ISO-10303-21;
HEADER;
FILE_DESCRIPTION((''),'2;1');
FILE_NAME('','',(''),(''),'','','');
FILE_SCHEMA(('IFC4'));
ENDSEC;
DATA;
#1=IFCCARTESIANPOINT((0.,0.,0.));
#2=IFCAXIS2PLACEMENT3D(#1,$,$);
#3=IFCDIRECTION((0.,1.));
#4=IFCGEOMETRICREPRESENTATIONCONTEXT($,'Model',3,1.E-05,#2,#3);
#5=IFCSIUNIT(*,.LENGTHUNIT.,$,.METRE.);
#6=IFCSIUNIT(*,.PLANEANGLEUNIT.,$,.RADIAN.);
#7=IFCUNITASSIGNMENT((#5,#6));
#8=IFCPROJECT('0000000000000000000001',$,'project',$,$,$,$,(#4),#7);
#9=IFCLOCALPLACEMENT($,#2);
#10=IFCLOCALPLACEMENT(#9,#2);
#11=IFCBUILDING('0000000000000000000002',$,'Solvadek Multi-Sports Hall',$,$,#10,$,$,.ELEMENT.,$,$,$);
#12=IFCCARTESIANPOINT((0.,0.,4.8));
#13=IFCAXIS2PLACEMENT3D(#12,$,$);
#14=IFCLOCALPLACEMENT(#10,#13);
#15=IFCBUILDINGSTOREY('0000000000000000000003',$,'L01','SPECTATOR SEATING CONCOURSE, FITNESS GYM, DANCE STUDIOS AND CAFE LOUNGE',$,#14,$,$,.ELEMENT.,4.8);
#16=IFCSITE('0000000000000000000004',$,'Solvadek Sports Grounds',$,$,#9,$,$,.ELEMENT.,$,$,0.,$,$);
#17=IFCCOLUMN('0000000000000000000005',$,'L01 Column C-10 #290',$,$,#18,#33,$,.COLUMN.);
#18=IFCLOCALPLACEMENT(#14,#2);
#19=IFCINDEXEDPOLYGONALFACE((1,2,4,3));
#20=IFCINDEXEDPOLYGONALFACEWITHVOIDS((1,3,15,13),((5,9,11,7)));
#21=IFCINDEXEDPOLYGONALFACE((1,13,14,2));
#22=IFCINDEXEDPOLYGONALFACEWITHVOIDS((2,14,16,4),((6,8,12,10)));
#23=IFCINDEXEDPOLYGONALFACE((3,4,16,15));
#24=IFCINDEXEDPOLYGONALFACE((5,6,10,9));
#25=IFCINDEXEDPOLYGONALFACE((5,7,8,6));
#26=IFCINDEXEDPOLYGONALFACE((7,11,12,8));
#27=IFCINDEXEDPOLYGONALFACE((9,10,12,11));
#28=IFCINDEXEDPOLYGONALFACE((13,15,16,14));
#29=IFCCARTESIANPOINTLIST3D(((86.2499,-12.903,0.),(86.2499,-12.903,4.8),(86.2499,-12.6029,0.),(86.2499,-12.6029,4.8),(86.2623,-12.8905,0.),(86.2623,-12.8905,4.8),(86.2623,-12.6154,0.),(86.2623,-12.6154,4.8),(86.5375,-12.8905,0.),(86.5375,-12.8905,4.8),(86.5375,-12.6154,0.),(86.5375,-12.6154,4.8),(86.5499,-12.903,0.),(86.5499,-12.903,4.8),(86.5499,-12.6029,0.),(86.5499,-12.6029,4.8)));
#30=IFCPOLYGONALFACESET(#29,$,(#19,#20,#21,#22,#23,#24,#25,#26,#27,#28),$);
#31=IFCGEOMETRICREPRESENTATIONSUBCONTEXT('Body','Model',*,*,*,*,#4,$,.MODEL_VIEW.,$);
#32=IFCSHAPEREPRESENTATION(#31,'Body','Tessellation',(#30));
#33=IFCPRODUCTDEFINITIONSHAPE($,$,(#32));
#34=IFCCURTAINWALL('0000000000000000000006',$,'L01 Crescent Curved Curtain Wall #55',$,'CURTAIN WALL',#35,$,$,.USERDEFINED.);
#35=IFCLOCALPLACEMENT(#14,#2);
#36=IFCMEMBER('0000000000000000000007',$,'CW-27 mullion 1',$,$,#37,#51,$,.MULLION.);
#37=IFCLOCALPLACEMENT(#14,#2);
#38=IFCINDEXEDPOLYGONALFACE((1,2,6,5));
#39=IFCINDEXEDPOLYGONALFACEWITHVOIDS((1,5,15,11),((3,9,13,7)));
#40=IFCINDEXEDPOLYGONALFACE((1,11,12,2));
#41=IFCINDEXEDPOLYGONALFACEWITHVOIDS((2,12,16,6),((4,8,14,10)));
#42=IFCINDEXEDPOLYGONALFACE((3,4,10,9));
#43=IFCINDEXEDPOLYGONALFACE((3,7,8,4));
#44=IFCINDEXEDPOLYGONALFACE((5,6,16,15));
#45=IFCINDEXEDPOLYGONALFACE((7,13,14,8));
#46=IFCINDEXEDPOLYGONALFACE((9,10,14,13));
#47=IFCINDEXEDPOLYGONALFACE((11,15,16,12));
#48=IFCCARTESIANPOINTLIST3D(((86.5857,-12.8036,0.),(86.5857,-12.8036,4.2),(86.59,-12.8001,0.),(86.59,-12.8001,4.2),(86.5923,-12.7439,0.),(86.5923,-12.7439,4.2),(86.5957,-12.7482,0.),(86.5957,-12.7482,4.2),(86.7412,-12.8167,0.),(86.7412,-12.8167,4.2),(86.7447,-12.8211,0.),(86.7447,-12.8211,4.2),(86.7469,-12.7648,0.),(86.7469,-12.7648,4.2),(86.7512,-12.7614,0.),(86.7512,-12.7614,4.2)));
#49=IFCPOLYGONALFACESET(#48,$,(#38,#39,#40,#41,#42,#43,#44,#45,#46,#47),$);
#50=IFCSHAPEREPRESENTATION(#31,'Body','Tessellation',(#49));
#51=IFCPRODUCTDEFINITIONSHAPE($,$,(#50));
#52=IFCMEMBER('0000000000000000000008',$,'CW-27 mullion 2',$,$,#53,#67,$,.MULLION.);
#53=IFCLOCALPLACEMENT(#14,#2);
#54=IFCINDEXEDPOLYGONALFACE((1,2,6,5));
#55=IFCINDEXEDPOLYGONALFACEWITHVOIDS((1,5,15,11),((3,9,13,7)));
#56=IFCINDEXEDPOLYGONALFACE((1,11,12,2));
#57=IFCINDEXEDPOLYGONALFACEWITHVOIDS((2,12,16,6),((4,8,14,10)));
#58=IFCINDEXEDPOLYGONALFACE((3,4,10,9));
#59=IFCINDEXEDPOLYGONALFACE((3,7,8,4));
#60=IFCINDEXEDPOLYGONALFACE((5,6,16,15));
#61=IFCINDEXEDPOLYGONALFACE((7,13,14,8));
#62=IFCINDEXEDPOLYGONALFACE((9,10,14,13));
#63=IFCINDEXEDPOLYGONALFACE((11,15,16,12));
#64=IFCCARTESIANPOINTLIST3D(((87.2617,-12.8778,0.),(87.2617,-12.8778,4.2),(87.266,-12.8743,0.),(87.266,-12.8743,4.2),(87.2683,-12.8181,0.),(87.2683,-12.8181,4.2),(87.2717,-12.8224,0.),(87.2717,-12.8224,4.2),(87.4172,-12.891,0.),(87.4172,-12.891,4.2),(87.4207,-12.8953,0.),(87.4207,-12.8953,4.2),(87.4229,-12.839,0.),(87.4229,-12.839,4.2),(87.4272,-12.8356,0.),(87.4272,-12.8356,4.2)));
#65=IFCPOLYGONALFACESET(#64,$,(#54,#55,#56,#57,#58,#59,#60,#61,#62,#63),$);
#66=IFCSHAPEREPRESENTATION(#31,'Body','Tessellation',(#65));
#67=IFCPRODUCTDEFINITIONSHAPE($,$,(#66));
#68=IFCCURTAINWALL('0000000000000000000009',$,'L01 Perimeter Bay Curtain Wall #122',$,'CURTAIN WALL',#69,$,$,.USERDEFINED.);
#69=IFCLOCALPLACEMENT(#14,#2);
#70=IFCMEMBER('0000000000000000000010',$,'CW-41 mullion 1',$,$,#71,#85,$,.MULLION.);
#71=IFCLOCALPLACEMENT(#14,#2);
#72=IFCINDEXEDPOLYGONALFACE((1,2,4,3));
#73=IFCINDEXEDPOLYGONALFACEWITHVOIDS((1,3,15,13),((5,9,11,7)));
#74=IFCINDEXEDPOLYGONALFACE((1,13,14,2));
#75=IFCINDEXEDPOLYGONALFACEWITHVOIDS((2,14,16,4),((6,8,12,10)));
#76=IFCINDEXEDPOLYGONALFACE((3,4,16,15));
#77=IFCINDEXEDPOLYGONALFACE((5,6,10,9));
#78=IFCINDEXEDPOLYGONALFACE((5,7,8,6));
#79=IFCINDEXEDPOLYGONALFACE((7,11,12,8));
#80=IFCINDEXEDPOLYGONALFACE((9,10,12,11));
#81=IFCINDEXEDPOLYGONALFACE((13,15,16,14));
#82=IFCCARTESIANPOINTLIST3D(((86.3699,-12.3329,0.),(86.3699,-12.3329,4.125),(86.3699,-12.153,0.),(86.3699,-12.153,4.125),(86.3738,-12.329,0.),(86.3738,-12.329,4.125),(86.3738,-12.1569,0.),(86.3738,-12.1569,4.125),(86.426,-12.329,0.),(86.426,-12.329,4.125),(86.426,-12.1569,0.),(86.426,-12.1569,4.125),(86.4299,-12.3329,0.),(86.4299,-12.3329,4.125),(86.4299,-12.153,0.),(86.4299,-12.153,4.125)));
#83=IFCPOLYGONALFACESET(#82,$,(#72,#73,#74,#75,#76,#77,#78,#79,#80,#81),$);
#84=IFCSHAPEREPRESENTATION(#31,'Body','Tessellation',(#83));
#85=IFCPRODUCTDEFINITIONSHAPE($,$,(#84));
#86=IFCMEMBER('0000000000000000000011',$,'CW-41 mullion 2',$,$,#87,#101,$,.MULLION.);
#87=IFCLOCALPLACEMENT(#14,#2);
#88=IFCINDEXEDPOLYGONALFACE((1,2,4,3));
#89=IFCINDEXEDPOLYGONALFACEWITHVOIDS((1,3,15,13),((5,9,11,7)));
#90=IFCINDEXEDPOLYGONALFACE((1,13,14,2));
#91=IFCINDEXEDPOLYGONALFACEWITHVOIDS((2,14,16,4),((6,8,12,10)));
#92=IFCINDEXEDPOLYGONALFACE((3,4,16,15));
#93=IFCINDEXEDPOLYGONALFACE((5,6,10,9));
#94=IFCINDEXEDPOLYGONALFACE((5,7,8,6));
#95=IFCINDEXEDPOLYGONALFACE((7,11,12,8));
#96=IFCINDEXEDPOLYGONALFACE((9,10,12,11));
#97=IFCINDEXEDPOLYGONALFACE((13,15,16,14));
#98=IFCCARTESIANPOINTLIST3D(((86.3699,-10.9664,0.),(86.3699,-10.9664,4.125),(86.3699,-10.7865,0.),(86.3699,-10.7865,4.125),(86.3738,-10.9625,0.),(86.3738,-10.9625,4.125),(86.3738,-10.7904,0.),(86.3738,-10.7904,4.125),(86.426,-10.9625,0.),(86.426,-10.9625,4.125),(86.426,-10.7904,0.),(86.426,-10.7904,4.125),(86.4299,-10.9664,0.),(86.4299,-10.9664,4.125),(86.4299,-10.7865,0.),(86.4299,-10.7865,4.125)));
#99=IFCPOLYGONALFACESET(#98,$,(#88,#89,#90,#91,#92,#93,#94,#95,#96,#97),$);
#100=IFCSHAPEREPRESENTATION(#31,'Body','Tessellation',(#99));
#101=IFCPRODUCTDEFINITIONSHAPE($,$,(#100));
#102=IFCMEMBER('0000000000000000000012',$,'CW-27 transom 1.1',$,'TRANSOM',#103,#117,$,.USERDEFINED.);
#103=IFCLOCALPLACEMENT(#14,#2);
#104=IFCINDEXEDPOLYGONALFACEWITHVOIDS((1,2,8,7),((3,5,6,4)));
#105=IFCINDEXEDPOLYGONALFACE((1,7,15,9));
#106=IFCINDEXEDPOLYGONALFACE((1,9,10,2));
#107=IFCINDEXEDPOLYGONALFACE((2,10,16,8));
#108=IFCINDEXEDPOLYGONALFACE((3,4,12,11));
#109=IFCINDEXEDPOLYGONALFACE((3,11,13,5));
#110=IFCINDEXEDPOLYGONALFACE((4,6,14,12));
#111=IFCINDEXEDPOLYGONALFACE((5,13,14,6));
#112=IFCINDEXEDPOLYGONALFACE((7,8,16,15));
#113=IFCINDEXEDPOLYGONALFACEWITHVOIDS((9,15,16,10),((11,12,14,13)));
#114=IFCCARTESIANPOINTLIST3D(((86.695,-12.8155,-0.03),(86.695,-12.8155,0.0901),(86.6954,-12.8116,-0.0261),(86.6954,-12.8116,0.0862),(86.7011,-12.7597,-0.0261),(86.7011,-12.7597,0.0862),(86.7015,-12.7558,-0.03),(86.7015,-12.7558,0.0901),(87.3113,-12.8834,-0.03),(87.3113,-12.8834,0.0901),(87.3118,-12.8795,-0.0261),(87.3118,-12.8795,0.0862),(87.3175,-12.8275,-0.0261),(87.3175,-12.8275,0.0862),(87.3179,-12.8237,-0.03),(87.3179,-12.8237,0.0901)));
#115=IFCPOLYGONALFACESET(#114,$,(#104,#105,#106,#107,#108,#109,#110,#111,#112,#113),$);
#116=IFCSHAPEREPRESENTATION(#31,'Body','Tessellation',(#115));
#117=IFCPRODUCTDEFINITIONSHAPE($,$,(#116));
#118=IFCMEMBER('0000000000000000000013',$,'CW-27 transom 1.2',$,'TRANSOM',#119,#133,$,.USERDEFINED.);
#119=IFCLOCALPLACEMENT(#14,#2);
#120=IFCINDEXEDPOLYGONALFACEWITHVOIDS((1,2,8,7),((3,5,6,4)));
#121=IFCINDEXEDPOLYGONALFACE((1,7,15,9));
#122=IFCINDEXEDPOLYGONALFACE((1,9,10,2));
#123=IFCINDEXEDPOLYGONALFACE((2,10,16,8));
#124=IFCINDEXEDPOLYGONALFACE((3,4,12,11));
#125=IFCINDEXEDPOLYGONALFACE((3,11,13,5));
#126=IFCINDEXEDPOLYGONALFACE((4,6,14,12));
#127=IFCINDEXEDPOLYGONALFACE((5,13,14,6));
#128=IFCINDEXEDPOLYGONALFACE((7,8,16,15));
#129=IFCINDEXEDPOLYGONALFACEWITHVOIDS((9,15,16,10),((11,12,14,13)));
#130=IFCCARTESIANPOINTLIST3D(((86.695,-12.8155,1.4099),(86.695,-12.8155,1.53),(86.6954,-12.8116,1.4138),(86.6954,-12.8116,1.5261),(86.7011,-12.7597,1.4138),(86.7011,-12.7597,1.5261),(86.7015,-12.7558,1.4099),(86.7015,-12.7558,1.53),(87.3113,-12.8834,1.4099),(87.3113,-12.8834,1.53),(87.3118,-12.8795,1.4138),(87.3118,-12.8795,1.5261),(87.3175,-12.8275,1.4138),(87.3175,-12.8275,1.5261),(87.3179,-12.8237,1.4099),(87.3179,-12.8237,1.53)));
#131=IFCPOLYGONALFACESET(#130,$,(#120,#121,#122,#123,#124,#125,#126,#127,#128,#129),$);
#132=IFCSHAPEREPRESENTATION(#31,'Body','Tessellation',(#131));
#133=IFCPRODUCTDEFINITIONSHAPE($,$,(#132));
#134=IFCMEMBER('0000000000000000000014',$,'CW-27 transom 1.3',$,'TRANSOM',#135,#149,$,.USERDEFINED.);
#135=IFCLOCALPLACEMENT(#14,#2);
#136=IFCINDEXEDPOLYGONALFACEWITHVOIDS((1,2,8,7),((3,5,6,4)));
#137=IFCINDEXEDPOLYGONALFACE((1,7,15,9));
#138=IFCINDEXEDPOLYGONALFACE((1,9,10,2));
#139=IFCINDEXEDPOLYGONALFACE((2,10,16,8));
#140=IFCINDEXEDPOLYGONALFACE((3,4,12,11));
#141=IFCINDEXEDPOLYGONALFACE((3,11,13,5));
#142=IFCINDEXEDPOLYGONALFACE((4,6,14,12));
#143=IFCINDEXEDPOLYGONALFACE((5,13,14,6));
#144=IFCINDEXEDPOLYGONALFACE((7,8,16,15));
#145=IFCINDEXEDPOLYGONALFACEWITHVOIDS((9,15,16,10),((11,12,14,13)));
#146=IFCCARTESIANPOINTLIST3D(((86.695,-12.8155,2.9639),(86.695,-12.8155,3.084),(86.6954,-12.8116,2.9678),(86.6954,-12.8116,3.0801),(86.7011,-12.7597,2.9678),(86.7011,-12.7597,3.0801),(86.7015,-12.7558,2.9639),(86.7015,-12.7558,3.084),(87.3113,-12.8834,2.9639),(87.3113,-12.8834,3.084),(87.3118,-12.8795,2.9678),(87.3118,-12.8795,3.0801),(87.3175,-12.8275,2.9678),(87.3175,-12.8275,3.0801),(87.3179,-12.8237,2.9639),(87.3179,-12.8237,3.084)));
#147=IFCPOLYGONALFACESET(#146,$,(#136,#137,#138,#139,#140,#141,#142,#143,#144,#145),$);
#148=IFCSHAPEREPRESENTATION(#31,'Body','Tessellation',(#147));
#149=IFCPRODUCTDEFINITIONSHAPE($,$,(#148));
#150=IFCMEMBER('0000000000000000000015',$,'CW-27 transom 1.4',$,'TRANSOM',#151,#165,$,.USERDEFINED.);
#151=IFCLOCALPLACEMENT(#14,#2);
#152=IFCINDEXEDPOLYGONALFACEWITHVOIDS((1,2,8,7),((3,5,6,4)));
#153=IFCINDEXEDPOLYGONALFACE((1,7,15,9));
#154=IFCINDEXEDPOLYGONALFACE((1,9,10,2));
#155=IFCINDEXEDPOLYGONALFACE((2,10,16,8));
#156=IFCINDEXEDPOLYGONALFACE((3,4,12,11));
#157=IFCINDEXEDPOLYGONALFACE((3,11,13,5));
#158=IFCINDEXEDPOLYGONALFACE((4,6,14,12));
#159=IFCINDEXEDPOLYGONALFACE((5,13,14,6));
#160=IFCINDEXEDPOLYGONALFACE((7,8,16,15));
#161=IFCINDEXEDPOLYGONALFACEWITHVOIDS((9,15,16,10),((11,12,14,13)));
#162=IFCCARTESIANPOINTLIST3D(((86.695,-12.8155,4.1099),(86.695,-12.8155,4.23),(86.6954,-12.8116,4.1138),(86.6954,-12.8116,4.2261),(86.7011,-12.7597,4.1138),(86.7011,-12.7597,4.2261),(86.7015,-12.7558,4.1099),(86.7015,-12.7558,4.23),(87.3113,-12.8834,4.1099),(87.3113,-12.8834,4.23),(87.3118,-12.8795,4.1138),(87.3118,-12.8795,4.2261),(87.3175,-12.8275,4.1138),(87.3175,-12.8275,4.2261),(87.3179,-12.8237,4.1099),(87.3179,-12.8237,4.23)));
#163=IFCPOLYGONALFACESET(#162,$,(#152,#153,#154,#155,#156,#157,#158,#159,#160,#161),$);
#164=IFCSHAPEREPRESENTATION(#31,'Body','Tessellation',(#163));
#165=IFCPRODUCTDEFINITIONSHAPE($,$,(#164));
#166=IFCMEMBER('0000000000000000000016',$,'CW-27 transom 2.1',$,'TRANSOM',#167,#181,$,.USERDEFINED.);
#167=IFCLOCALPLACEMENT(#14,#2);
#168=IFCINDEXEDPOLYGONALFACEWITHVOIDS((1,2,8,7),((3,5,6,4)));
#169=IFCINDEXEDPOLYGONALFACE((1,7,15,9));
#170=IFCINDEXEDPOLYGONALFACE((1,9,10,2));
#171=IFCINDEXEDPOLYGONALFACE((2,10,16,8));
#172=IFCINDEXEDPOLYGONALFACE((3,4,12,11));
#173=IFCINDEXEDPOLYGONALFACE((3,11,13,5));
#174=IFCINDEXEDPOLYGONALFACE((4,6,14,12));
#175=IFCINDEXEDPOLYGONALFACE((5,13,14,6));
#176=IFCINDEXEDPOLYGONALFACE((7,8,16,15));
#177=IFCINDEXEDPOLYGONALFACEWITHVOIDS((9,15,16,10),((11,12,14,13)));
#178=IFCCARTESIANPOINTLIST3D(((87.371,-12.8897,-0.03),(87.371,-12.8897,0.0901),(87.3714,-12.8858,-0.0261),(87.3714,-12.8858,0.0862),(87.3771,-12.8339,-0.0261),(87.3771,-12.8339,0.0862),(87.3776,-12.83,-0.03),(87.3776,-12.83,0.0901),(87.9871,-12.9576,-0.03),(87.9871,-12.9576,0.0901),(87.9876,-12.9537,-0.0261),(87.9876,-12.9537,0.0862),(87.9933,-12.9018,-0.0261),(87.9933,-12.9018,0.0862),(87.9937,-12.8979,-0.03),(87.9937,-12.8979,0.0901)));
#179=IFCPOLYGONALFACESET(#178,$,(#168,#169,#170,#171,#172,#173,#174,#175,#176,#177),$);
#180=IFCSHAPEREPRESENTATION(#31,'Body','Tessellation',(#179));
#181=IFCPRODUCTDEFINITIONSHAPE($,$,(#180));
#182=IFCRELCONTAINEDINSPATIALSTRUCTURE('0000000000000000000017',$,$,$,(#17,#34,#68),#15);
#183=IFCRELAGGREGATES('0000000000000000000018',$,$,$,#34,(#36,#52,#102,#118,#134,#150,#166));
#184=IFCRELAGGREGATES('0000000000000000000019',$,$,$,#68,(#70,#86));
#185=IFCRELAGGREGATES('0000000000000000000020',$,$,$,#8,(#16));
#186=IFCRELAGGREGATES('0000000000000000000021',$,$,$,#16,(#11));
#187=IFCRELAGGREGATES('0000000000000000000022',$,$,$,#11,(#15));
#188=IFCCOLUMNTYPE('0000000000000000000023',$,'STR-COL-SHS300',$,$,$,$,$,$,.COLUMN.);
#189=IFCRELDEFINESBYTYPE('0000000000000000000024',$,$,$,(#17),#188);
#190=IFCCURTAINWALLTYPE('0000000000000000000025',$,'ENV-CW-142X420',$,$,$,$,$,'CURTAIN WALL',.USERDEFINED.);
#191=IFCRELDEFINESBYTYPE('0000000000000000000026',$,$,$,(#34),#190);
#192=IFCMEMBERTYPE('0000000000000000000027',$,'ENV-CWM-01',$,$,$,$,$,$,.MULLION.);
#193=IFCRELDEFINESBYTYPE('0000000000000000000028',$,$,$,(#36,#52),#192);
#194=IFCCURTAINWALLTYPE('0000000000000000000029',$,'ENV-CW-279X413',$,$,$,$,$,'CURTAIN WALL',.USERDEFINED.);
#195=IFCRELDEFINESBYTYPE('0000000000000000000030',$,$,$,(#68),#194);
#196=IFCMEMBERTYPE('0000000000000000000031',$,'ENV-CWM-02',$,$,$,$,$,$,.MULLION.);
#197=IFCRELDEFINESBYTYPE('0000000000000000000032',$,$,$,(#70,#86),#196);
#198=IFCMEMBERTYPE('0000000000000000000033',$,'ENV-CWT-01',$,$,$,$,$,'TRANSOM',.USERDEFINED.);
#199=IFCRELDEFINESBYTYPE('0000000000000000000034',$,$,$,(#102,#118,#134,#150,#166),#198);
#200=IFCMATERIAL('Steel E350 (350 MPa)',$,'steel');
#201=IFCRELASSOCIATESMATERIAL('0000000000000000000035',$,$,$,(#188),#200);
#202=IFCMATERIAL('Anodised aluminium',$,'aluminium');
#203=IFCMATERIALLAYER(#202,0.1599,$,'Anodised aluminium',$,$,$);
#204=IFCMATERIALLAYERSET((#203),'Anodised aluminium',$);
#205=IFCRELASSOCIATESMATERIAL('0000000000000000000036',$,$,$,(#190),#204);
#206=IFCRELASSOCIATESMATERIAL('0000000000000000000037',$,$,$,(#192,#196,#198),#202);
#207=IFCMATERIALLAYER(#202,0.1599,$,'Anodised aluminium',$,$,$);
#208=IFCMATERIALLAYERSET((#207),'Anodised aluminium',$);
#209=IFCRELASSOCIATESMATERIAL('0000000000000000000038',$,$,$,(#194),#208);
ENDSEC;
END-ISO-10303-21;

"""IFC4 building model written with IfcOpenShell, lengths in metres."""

from ifc_helpers import new_model, si_unit, direction, frame, origin, origin_2d, place, context, subcontext, project, spatial, hollow_rectangle, extrude, material, layer, layer_set, material_profile, profile_set, type_object, element, aggregate, save


model = new_model("IFC4")

# Units and contexts
model_context = context("Model", 3, precision=1e-05, world=origin(), true_north=direction((0.0, 1.0)))
body_context = subcontext(model_context, "Body", "Model", "MODEL_VIEW")
ifc_project = project(units=[si_unit("LENGTHUNIT", "METRE"), si_unit("PLANEANGLEUNIT", "RADIAN")], contexts=[model_context])

# Site, building, storey
site_placement = place(None, origin())
site = spatial("IfcSite", under=ifc_project, at=site_placement, Name="Solvadek Sports Grounds", CompositionType="ELEMENT", RefElevation=0.0)
building_placement = place(site_placement, origin())
building = spatial("IfcBuilding", under=site, at=building_placement, Name="Solvadek Multi-Sports Hall", CompositionType="ELEMENT")
storey_placement = place(building_placement, frame((0.0, 0.0, 4.8)))
storey = spatial("IfcBuildingStorey", under=building, at=storey_placement, Name="L01", Description="SPECTATOR SEATING CONCOURSE, FITNESS GYM, DANCE STUDIOS AND CAFE LOUNGE", CompositionType="ELEMENT", Elevation=4.8)

# Column
ifc_material_1 = material(Name="Steel E350 (350 MPa)", Category="steel")
ifc_material_profile_1 = material_profile(ifc_material_1, hollow_rectangle(XDim=0.3, YDim=0.3, WallThickness=0.0125, at=origin_2d()), Name="SHS 300x300x12.5")
ifc_profile_set_1 = profile_set([ifc_material_profile_1], Name="Steel E350 (350 MPa)")
column_type = type_object("IfcColumnType", Name="STR-COL-SHS300", PredefinedType="COLUMN", material=ifc_profile_set_1)
column_placement = place(storey_placement, frame((86.3999, -12.7529, 0.0), z_axis=(0.0, 0.0, 1.0), x_axis=(1.0, 0.0, 0.0)))
element("IfcColumn", 1, at=column_placement, inside=storey, type_object=column_type, Name="L01 Column C-10 #290", PredefinedType="COLUMN", context=body_context, shape_type="SweptSolid", body=[
    extrude(hollow_rectangle(XDim=0.3, YDim=0.3, WallThickness=0.0125, at=origin_2d()), origin(), (0.0, 0.0, 1.0), 4.8),
])

# Curtain walls, members
ifc_material_2 = material(Name="Anodised aluminium", Category="aluminium")
ifc_layer_1 = layer(ifc_material_2, 0.1599, Name="Anodised aluminium")
ifc_layer_set_1 = layer_set([ifc_layer_1], Name="Anodised aluminium")
curtain_wall_type_1 = type_object("IfcCurtainWallType", Name="ENV-CW-142X420", ElementType="CURTAIN WALL", PredefinedType="USERDEFINED", material=ifc_layer_set_1)
curtain_wall_1_placement = place(storey_placement, origin())
curtain_wall_1 = element("IfcCurtainWall", 2, at=curtain_wall_1_placement, inside=storey, type_object=curtain_wall_type_1, Name="L01 Crescent Curved Curtain Wall #55", ObjectType="CURTAIN WALL", PredefinedType="USERDEFINED")
ifc_material_profile_2 = material_profile(ifc_material_2, hollow_rectangle(XDim=0.0601, YDim=0.1599, WallThickness=0.0039, at=origin_2d()), Name="ALU-M 160x60x4")
ifc_profile_set_2 = profile_set([ifc_material_profile_2], Name="Anodised aluminium")
member_type_1 = type_object("IfcMemberType", Name="ENV-CWM-01", PredefinedType="MULLION", material=ifc_profile_set_2)
member_1_placement = place(storey_placement, frame((86.6685, -12.7825, 0.0), z_axis=(0.0, 0.0, 1.0), x_axis=(0.109288, 0.99401, 0.0)))
member_1 = element("IfcMember", 3, at=member_1_placement, type_object=member_type_1, Name="CW-27 mullion 1", PredefinedType="MULLION", context=body_context, shape_type="SweptSolid", body=[
    extrude(hollow_rectangle(XDim=0.0601, YDim=0.1599, WallThickness=0.0039, at=origin_2d()), origin(), (0.0, 0.0, 1.0), 4.2),
])
member_2_placement = place(storey_placement, frame((87.3445, -12.8567, 0.0), z_axis=(0.0, 0.0, 1.0), x_axis=(0.109288, 0.99401, 0.0)))
member_2 = element("IfcMember", 4, at=member_2_placement, type_object=member_type_1, Name="CW-27 mullion 2", PredefinedType="MULLION", context=body_context, shape_type="SweptSolid", body=[
    extrude(hollow_rectangle(XDim=0.0601, YDim=0.1599, WallThickness=0.0039, at=origin_2d()), origin(), (0.0, 0.0, 1.0), 4.2),
])
ifc_layer_2 = layer(ifc_material_2, 0.1599, Name="Anodised aluminium")
ifc_layer_set_2 = layer_set([ifc_layer_2], Name="Anodised aluminium")
curtain_wall_type_2 = type_object("IfcCurtainWallType", Name="ENV-CW-279X413", ElementType="CURTAIN WALL", PredefinedType="USERDEFINED", material=ifc_layer_set_2)
curtain_wall_2_placement = place(storey_placement, origin())
curtain_wall_2 = element("IfcCurtainWall", 5, at=curtain_wall_2_placement, inside=storey, type_object=curtain_wall_type_2, Name="L01 Perimeter Bay Curtain Wall #122", ObjectType="CURTAIN WALL", PredefinedType="USERDEFINED")
ifc_material_profile_3 = material_profile(ifc_material_2, hollow_rectangle(XDim=0.0601, YDim=0.1799, WallThickness=0.0039, at=origin_2d()), Name="ALU-M 180x60x4")
ifc_profile_set_3 = profile_set([ifc_material_profile_3], Name="Anodised aluminium")
member_type_2 = type_object("IfcMemberType", Name="ENV-CWM-02", PredefinedType="MULLION", material=ifc_profile_set_3)
member_3_placement = place(storey_placement, frame((86.3999, -12.2429, 0.0), z_axis=(0.0, 0.0, 1.0), x_axis=(-1.0, 0.0, 0.0)))
member_3 = element("IfcMember", 6, at=member_3_placement, type_object=member_type_2, Name="CW-41 mullion 1", PredefinedType="MULLION", context=body_context, shape_type="SweptSolid", body=[
    extrude(hollow_rectangle(XDim=0.0601, YDim=0.1799, WallThickness=0.0039, at=origin_2d()), origin(), (0.0, 0.0, 1.0), 4.125),
])
member_4_placement = place(storey_placement, frame((86.3999, -10.8765, 0.0), z_axis=(0.0, 0.0, 1.0), x_axis=(-1.0, 0.0, 0.0)))
member_4 = element("IfcMember", 7, at=member_4_placement, type_object=member_type_2, Name="CW-41 mullion 2", PredefinedType="MULLION", context=body_context, shape_type="SweptSolid", body=[
    extrude(hollow_rectangle(XDim=0.0601, YDim=0.1799, WallThickness=0.0039, at=origin_2d()), origin(), (0.0, 0.0, 1.0), 4.125),
])

# Members
ifc_material_profile_4 = material_profile(ifc_material_2, hollow_rectangle(XDim=0.0601, YDim=0.1201, WallThickness=0.0039, at=origin_2d()), Name="ALU-T 120x60x4")
ifc_profile_set_4 = profile_set([ifc_material_profile_4], Name="Anodised aluminium")
member_type_3 = type_object("IfcMemberType", Name="ENV-CWT-01", ElementType="TRANSOM", PredefinedType="USERDEFINED", material=ifc_profile_set_4)
member_5_placement = place(storey_placement, frame((86.6982, -12.7856, 0.03), z_axis=(0.993994, -0.109438, 0.0), x_axis=(0.109438, 0.993994, 0.0)))
member_5 = element("IfcMember", 8, at=member_5_placement, type_object=member_type_3, Name="CW-27 transom 1.1", ObjectType="TRANSOM", PredefinedType="USERDEFINED", context=body_context, shape_type="SweptSolid", body=[
    extrude(hollow_rectangle(XDim=0.0601, YDim=0.1201, WallThickness=0.0039, at=origin_2d()), origin(), (0.0, 0.0, 1.0), 0.6201),
])
member_6_placement = place(storey_placement, frame((86.6982, -12.7856, 1.47), z_axis=(0.993994, -0.109438, 0.0), x_axis=(0.109438, 0.993994, 0.0)))
member_6 = element("IfcMember", 9, at=member_6_placement, type_object=member_type_3, Name="CW-27 transom 1.2", ObjectType="TRANSOM", PredefinedType="USERDEFINED", context=body_context, shape_type="SweptSolid", body=[
    extrude(hollow_rectangle(XDim=0.0601, YDim=0.1201, WallThickness=0.0039, at=origin_2d()), origin(), (0.0, 0.0, 1.0), 0.6201),
])
member_7_placement = place(storey_placement, frame((86.6982, -12.7856, 3.0239), z_axis=(0.993994, -0.109438, 0.0), x_axis=(0.109438, 0.993994, 0.0)))
member_7 = element("IfcMember", 10, at=member_7_placement, type_object=member_type_3, Name="CW-27 transom 1.3", ObjectType="TRANSOM", PredefinedType="USERDEFINED", context=body_context, shape_type="SweptSolid", body=[
    extrude(hollow_rectangle(XDim=0.0601, YDim=0.1201, WallThickness=0.0039, at=origin_2d()), origin(), (0.0, 0.0, 1.0), 0.6201),
])
member_8_placement = place(storey_placement, frame((86.6982, -12.7856, 4.1699), z_axis=(0.993994, -0.109438, 0.0), x_axis=(0.109438, 0.993994, 0.0)))
member_8 = element("IfcMember", 11, at=member_8_placement, type_object=member_type_3, Name="CW-27 transom 1.4", ObjectType="TRANSOM", PredefinedType="USERDEFINED", context=body_context, shape_type="SweptSolid", body=[
    extrude(hollow_rectangle(XDim=0.0601, YDim=0.1201, WallThickness=0.0039, at=origin_2d()), origin(), (0.0, 0.0, 1.0), 0.6201),
])
member_9_placement = place(storey_placement, frame((87.3743, -12.8599, 0.03), z_axis=(0.993989, -0.109481, 0.0), x_axis=(0.109481, 0.993989, 0.0)))
member_9 = element("IfcMember", 12, at=member_9_placement, type_object=member_type_3, Name="CW-27 transom 2.1", ObjectType="TRANSOM", PredefinedType="USERDEFINED", context=body_context, shape_type="SweptSolid", body=[
    extrude(hollow_rectangle(XDim=0.0601, YDim=0.1201, WallThickness=0.0039, at=origin_2d()), origin(), (0.0, 0.0, 1.0), 0.6199),
])

aggregate(curtain_wall_1, [member_1, member_2, member_5, member_6, member_7, member_8, member_9])
aggregate(curtain_wall_2, [member_3, member_4])

save(model, "model.ifc")
